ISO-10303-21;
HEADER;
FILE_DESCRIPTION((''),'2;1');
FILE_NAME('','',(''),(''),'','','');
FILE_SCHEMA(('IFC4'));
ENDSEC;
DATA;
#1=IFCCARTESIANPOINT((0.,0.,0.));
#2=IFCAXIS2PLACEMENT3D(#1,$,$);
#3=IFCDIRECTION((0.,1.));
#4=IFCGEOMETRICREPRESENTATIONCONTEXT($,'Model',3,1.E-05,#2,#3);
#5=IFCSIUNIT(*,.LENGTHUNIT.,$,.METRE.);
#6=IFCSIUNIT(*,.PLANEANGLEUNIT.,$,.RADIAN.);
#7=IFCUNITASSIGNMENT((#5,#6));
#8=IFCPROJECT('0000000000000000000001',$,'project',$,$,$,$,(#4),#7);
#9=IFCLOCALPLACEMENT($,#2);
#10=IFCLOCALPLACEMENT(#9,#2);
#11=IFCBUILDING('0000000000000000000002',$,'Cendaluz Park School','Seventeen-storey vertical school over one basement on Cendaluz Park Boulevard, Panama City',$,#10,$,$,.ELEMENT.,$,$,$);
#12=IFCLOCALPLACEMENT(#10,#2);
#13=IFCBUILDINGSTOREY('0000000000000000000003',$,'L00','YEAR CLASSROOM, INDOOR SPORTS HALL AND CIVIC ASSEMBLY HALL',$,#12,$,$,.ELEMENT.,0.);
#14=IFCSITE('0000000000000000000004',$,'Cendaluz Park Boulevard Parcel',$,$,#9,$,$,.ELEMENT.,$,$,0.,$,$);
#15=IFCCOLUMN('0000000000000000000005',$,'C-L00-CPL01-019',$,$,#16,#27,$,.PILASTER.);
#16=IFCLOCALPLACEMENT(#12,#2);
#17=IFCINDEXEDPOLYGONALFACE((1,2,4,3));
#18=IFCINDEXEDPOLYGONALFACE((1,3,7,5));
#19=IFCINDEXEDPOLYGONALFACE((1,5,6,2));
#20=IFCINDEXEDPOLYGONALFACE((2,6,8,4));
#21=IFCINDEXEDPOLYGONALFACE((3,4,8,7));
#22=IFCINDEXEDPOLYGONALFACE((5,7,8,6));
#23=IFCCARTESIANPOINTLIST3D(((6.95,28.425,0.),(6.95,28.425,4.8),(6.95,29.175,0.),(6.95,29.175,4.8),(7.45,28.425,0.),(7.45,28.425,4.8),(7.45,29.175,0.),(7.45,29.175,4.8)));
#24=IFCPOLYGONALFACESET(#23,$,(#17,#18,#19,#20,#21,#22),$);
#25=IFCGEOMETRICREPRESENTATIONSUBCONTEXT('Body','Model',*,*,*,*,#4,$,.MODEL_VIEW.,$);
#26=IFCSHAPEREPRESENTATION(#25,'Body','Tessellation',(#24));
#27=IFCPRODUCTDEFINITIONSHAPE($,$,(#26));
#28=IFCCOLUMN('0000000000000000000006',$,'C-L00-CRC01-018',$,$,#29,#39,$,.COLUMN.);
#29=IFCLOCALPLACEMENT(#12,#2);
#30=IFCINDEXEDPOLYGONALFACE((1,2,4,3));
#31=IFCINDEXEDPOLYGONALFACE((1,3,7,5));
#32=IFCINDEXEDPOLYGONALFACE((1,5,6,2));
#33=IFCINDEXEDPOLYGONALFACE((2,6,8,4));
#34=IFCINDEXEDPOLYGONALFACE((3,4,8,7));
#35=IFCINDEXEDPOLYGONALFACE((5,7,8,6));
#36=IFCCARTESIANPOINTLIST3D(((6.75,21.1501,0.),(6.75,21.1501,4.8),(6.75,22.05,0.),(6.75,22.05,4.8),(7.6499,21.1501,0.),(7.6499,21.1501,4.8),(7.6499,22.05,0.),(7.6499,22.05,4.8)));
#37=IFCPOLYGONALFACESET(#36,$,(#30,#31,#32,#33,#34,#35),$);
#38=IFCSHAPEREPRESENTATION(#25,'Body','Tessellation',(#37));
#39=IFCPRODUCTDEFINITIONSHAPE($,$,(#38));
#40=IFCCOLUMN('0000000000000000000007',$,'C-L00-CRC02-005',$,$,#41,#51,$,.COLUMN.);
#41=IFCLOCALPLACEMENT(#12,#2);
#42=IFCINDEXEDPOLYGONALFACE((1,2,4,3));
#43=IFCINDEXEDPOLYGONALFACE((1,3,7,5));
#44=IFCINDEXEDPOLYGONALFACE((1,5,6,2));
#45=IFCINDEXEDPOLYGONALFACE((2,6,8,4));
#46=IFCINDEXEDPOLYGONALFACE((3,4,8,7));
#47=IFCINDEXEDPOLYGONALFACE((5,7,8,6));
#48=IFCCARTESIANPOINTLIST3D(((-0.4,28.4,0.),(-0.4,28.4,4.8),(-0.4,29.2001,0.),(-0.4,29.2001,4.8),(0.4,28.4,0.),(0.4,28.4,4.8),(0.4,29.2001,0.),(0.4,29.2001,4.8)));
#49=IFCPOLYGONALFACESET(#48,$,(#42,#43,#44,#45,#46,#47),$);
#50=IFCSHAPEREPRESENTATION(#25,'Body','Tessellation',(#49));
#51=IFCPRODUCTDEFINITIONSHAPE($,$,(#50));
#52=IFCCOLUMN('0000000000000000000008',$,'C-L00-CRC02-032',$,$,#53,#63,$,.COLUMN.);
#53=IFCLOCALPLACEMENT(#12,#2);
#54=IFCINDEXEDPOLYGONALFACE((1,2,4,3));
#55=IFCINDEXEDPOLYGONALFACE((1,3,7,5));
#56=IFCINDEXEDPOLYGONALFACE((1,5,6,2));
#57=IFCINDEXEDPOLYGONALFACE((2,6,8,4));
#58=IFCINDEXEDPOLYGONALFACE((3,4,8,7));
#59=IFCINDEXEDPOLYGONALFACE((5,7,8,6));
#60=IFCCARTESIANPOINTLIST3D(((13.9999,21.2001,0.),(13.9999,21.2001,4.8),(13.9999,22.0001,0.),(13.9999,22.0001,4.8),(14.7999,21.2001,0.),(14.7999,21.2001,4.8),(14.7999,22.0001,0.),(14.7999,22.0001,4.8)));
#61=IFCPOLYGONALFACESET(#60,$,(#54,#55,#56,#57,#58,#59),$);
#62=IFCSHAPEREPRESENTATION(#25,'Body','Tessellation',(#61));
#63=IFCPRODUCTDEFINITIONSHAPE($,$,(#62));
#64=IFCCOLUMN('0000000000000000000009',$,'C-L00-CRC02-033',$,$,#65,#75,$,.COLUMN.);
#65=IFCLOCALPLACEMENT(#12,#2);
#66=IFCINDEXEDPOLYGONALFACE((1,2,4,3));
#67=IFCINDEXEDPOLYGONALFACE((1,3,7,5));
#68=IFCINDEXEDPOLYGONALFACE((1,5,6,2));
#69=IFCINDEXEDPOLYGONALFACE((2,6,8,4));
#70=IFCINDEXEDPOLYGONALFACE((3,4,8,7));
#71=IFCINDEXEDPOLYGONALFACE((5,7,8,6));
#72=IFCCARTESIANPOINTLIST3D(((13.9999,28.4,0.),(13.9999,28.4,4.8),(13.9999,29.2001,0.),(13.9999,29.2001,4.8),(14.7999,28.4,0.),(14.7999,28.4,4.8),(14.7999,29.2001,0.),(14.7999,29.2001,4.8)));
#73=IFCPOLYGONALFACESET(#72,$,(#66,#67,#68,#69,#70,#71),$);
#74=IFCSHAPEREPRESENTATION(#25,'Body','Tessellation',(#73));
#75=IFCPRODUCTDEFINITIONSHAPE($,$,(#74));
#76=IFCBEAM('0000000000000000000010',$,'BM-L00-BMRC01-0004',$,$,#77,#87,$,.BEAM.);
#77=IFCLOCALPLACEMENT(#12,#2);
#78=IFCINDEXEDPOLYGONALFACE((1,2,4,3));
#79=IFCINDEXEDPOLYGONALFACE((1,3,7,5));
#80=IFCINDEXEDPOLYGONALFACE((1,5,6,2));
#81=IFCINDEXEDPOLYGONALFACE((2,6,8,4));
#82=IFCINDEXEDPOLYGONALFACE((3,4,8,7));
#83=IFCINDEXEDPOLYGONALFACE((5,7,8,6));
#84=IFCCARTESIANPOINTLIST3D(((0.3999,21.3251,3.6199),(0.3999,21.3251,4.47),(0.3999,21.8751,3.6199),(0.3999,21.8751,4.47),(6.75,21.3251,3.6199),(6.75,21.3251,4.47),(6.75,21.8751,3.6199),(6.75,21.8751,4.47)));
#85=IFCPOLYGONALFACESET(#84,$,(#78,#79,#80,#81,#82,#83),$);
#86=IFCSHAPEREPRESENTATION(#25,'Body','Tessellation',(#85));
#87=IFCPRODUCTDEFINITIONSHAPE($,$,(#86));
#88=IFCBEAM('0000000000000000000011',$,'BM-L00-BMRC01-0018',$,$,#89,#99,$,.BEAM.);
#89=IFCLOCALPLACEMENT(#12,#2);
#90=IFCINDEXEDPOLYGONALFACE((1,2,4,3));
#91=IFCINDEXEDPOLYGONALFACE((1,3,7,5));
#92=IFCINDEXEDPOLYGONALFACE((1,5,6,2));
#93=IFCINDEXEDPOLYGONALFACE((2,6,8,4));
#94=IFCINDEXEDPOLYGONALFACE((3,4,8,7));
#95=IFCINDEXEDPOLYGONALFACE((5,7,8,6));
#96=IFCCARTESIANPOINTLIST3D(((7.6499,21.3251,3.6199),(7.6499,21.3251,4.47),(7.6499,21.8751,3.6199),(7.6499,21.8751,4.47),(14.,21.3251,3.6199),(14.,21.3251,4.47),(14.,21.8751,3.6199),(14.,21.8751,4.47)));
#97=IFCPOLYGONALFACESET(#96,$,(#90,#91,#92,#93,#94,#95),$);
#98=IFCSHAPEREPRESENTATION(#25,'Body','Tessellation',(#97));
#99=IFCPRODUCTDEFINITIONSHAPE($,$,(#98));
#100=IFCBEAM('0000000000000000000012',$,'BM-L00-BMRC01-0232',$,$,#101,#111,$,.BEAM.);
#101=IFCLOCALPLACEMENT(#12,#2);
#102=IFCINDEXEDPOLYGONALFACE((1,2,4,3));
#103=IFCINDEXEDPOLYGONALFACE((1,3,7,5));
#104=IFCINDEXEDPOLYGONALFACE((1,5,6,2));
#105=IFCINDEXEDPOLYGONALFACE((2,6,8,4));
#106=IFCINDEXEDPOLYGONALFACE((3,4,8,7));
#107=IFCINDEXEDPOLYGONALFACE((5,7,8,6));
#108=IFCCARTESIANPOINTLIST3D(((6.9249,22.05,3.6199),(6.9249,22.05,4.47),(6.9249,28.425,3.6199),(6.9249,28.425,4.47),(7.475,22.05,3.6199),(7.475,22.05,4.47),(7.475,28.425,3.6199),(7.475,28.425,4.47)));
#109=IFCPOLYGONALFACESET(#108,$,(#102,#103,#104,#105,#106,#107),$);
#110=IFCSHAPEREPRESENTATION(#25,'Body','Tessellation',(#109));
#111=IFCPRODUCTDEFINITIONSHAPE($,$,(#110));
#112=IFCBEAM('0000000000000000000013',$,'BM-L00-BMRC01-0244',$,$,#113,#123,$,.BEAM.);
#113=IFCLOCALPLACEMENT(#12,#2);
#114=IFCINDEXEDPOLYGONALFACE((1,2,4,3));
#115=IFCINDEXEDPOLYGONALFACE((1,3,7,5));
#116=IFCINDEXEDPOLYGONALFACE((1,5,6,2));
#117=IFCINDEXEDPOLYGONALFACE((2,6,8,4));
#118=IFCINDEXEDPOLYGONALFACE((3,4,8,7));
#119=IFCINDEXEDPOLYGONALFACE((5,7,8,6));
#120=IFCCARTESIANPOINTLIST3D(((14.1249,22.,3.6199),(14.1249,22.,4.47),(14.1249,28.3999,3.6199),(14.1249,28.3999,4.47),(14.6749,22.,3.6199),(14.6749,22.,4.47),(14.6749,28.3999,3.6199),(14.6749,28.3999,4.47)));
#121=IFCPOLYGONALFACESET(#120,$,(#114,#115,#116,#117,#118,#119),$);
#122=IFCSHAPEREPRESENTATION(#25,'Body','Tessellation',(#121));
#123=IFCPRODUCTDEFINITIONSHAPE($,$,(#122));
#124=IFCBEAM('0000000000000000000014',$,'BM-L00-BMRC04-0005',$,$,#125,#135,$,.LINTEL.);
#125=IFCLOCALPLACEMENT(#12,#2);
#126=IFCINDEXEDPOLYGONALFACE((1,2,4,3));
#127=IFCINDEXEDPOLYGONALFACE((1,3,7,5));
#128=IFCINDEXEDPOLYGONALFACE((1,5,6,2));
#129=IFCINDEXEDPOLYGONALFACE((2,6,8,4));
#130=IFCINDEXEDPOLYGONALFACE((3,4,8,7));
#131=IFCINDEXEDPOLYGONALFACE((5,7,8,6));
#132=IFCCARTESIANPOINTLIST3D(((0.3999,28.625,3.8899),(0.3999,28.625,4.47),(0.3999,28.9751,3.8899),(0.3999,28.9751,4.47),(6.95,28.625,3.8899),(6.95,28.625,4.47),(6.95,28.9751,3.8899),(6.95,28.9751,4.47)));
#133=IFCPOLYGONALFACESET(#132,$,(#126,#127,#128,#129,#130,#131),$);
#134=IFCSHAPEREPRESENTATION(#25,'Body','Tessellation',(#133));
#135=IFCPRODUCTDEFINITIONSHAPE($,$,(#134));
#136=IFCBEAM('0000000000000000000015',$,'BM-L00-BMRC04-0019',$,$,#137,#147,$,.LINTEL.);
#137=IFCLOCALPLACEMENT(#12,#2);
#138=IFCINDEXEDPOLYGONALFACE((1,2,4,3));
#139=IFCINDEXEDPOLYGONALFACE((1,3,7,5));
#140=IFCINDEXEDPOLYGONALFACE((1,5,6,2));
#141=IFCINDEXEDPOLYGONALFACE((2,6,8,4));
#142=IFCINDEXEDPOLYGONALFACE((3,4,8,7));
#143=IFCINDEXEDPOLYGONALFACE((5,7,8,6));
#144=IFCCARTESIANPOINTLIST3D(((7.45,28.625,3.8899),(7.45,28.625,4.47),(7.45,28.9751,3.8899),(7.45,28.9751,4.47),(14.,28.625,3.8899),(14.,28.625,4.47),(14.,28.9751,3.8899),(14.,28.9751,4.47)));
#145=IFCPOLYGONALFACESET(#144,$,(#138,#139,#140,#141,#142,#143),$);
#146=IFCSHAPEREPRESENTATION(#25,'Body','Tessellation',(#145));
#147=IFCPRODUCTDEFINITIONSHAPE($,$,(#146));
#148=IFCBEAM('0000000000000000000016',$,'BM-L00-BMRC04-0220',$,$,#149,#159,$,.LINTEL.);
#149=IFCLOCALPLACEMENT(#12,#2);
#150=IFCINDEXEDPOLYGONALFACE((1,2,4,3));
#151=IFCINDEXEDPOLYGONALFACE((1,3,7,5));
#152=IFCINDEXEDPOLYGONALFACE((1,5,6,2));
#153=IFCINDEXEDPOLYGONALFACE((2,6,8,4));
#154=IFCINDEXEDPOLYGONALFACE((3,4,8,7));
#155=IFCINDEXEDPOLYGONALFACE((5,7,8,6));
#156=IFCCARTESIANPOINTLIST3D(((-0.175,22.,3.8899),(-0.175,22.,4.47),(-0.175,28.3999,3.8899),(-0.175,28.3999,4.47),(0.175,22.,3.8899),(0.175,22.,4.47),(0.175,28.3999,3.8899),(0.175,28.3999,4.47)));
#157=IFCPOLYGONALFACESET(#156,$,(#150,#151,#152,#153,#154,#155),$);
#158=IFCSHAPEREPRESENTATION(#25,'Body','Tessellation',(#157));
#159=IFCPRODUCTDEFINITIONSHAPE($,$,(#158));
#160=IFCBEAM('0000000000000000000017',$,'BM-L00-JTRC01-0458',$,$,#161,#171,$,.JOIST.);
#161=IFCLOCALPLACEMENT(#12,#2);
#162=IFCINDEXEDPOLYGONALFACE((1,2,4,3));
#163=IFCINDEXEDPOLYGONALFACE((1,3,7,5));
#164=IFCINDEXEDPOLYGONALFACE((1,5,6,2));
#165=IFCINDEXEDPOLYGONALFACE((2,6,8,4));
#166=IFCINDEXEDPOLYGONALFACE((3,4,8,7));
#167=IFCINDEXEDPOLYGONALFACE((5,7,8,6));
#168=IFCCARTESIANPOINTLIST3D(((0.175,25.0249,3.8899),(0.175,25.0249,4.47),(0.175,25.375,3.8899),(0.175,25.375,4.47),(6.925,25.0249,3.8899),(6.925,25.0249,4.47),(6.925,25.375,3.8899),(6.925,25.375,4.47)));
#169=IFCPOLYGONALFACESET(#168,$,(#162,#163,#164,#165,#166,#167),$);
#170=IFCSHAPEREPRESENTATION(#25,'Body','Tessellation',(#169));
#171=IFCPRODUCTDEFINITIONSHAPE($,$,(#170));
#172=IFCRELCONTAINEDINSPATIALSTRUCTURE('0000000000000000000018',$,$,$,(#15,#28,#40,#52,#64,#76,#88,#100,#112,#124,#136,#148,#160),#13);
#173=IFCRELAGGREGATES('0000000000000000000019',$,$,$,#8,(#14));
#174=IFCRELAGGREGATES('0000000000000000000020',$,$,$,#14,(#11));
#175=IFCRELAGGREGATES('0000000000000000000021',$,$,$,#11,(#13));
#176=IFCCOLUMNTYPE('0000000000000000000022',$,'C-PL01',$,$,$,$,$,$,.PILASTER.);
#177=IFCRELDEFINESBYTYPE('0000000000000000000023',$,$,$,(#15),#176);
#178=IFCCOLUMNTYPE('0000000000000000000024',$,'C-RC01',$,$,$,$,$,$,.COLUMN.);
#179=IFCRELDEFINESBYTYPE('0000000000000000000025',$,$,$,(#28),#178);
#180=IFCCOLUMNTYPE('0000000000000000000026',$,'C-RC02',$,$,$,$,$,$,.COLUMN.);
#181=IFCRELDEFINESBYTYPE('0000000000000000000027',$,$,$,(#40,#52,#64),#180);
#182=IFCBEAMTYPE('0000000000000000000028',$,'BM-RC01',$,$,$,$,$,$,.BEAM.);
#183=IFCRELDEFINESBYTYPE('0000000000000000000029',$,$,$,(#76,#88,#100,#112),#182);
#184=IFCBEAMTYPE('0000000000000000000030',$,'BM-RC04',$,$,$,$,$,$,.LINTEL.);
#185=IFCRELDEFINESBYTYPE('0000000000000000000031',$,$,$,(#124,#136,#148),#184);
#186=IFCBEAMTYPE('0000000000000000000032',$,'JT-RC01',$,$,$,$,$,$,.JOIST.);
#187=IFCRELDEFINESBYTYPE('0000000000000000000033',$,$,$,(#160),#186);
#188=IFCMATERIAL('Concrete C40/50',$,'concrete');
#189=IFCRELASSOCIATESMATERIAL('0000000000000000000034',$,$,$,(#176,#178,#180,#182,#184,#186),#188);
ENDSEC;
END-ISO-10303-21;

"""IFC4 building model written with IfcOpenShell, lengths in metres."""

from ifc_helpers import new_model, si_unit, direction, frame, origin, origin_2d, place, context, subcontext, project, spatial, rectangle, extrude, material, material_profile, profile_set, type_object, element, save


model = new_model("IFC4")

# Units and contexts
model_context = context("Model", 3, precision=1e-05, world=origin(), true_north=direction((0.0, 1.0)))
body_context = subcontext(model_context, "Body", "Model", "MODEL_VIEW")
ifc_project = project(units=[si_unit("LENGTHUNIT", "METRE"), si_unit("PLANEANGLEUNIT", "RADIAN")], contexts=[model_context])

# Site, building, storey
site_placement = place(None, origin())
site = spatial("IfcSite", under=ifc_project, at=site_placement, Name="Cendaluz Park Boulevard Parcel", CompositionType="ELEMENT", RefElevation=0.0)
building_placement = place(site_placement, origin())
building = spatial("IfcBuilding", under=site, at=building_placement, Name="Cendaluz Park School", Description="Seventeen-storey vertical school over one basement on Cendaluz Park Boulevard, Panama City", CompositionType="ELEMENT")
storey_placement = place(building_placement, origin())
storey = spatial("IfcBuildingStorey", under=building, at=storey_placement, Name="L00", Description="YEAR CLASSROOM, INDOOR SPORTS HALL AND CIVIC ASSEMBLY HALL", CompositionType="ELEMENT", Elevation=0.0)

# Columns
ifc_material_1 = material(Name="Concrete C40/50", Category="concrete")
ifc_material_profile_1 = material_profile(ifc_material_1, rectangle(XDim=0.5, YDim=0.75, at=origin_2d()), Name="RC 500x750", Category="concrete")
ifc_profile_set_1 = profile_set([ifc_material_profile_1], Name="Concrete C40/50")
column_type_1 = type_object("IfcColumnType", Name="C-PL01", PredefinedType="PILASTER", material=ifc_profile_set_1)
column_1_placement = place(storey_placement, frame((7.2, 28.8, 0.0), z_axis=(0.0, 0.0, 1.0), x_axis=(1.0, 0.0, 0.0)))
element("IfcColumn", 1, at=column_1_placement, inside=storey, type_object=column_type_1, Name="C-L00-CPL01-019", PredefinedType="PILASTER", context=body_context, shape_type="SweptSolid", body=[
    extrude(rectangle(XDim=0.5, YDim=0.75, at=origin_2d()), origin(), (0.0, 0.0, 1.0), 4.8),
])
ifc_material_profile_2 = material_profile(ifc_material_1, rectangle(XDim=0.8999, YDim=0.8999, at=origin_2d()), Name="RC 900x900", Category="concrete")
ifc_profile_set_2 = profile_set([ifc_material_profile_2], Name="Concrete C40/50")
column_type_2 = type_object("IfcColumnType", Name="C-RC01", PredefinedType="COLUMN", material=ifc_profile_set_2)
column_2_placement = place(storey_placement, frame((7.2, 21.6001, 0.0), z_axis=(0.0, 0.0, 1.0), x_axis=(1.0, 0.0, 0.0)))
element("IfcColumn", 2, at=column_2_placement, inside=storey, type_object=column_type_2, Name="C-L00-CRC01-018", PredefinedType="COLUMN", context=body_context, shape_type="SweptSolid", body=[
    extrude(rectangle(XDim=0.8999, YDim=0.8999, at=origin_2d()), origin(), (0.0, 0.0, 1.0), 4.8),
])
ifc_material_profile_3 = material_profile(ifc_material_1, rectangle(XDim=0.8, YDim=0.8, at=origin_2d()), Name="RC 800x800", Category="concrete")
ifc_profile_set_3 = profile_set([ifc_material_profile_3], Name="Concrete C40/50")
column_type_3 = type_object("IfcColumnType", Name="C-RC02", PredefinedType="COLUMN", material=ifc_profile_set_3)
for number, where, z_axis, x_axis, name in (
    (3, (0.0, 28.8, 0.0), (0.0, 0.0, 1.0), (1.0, 0.0, 0.0), "C-L00-CRC02-005"),
    (4, (14.3999, 21.6001, 0.0), (0.0, 0.0, 1.0), (1.0, 0.0, 0.0), "C-L00-CRC02-032"),
    (5, (14.3999, 28.8, 0.0), (0.0, 0.0, 1.0), (1.0, 0.0, 0.0), "C-L00-CRC02-033"),
):
    element("IfcColumn", number, at=place(storey_placement, frame(where, z_axis=z_axis, x_axis=x_axis)), inside=storey, type_object=column_type_3, Name=name, PredefinedType="COLUMN", context=body_context, shape_type="SweptSolid", body=[
        extrude(rectangle(XDim=0.8, YDim=0.8, at=origin_2d()), origin(), (0.0, 0.0, 1.0), 4.8),
    ])

# Beams
ifc_material_profile_4 = material_profile(ifc_material_1, rectangle(XDim=0.55, YDim=0.8501, at=origin_2d()), Name="RC 550x850", Category="concrete")
ifc_profile_set_4 = profile_set([ifc_material_profile_4], Name="Concrete C40/50")
beam_type_1 = type_object("IfcBeamType", Name="BM-RC01", PredefinedType="BEAM", material=ifc_profile_set_4)
for number, where, z_axis, x_axis, name in (
    (6, (0.3999, 21.6001, 4.0449), (1.0, 0.0, 0.0), (0.0, 1.0, 0.0), "BM-L00-BMRC01-0004"),
    (7, (7.6499, 21.6001, 4.0449), (1.0, 0.0, 0.0), (0.0, 1.0, 0.0), "BM-L00-BMRC01-0018"),
):
    element("IfcBeam", number, at=place(storey_placement, frame(where, z_axis=z_axis, x_axis=x_axis)), inside=storey, type_object=beam_type_1, Name=name, PredefinedType="BEAM", context=body_context, shape_type="SweptSolid", body=[
        extrude(rectangle(XDim=0.55, YDim=0.8501, at=origin_2d()), origin(), (0.0, 0.0, 1.0), 6.3501),
    ])
beam_1_placement = place(storey_placement, frame((7.2, 22.05, 4.0449), z_axis=(0.0, 1.0, 0.0), x_axis=(-1.0, 0.0, 0.0)))
element("IfcBeam", 8, at=beam_1_placement, inside=storey, type_object=beam_type_1, Name="BM-L00-BMRC01-0232", PredefinedType="BEAM", context=body_context, shape_type="SweptSolid", body=[
    extrude(rectangle(XDim=0.55, YDim=0.8501, at=origin_2d()), origin(), (0.0, 0.0, 1.0), 6.375),
])
beam_2_placement = place(storey_placement, frame((14.3999, 22.0, 4.0449), z_axis=(0.0, 1.0, 0.0), x_axis=(-1.0, 0.0, 0.0)))
element("IfcBeam", 9, at=beam_2_placement, inside=storey, type_object=beam_type_1, Name="BM-L00-BMRC01-0244", PredefinedType="BEAM", context=body_context, shape_type="SweptSolid", body=[
    extrude(rectangle(XDim=0.55, YDim=0.8501, at=origin_2d()), origin(), (0.0, 0.0, 1.0), 6.3999),
])
ifc_material_profile_5 = material_profile(ifc_material_1, rectangle(XDim=0.3501, YDim=0.5801, at=origin_2d()), Name="RC 350x580", Category="concrete")
ifc_profile_set_5 = profile_set([ifc_material_profile_5], Name="Concrete C40/50")
beam_type_2 = type_object("IfcBeamType", Name="BM-RC04", PredefinedType="LINTEL", material=ifc_profile_set_5)
for number, where, z_axis, x_axis, name in (
    (10, (0.3999, 28.8, 4.1799), (1.0, 0.0, 0.0), (0.0, 1.0, 0.0), "BM-L00-BMRC04-0005"),
    (11, (7.45, 28.8, 4.1799), (1.0, 0.0, 0.0), (0.0, 1.0, 0.0), "BM-L00-BMRC04-0019"),
):
    element("IfcBeam", number, at=place(storey_placement, frame(where, z_axis=z_axis, x_axis=x_axis)), inside=storey, type_object=beam_type_2, Name=name, PredefinedType="LINTEL", context=body_context, shape_type="SweptSolid", body=[
        extrude(rectangle(XDim=0.3501, YDim=0.5801, at=origin_2d()), origin(), (0.0, 0.0, 1.0), 6.55),
    ])
beam_3_placement = place(storey_placement, frame((0.0, 22.0, 4.1799), z_axis=(0.0, 1.0, 0.0), x_axis=(-1.0, 0.0, 0.0)))
element("IfcBeam", 12, at=beam_3_placement, inside=storey, type_object=beam_type_2, Name="BM-L00-BMRC04-0220", PredefinedType="LINTEL", context=body_context, shape_type="SweptSolid", body=[
    extrude(rectangle(XDim=0.3501, YDim=0.5801, at=origin_2d()), origin(), (0.0, 0.0, 1.0), 6.3999),
])
ifc_material_profile_6 = material_profile(ifc_material_1, rectangle(XDim=0.3501, YDim=0.5801, at=origin_2d()), Name="RC 350x580", Category="concrete")
ifc_profile_set_6 = profile_set([ifc_material_profile_6], Name="Concrete C40/50")
beam_type_3 = type_object("IfcBeamType", Name="JT-RC01", PredefinedType="JOIST", material=ifc_profile_set_6)
beam_4_placement = place(storey_placement, frame((0.175, 25.2, 4.1799), z_axis=(1.0, 0.0, 0.0), x_axis=(0.0, 1.0, 0.0)))
element("IfcBeam", 13, at=beam_4_placement, inside=storey, type_object=beam_type_3, Name="BM-L00-JTRC01-0458", PredefinedType="JOIST", context=body_context, shape_type="SweptSolid", body=[
    extrude(rectangle(XDim=0.3501, YDim=0.5801, at=origin_2d()), origin(), (0.0, 0.0, 1.0), 6.75),
])

save(model, "model.ifc")
